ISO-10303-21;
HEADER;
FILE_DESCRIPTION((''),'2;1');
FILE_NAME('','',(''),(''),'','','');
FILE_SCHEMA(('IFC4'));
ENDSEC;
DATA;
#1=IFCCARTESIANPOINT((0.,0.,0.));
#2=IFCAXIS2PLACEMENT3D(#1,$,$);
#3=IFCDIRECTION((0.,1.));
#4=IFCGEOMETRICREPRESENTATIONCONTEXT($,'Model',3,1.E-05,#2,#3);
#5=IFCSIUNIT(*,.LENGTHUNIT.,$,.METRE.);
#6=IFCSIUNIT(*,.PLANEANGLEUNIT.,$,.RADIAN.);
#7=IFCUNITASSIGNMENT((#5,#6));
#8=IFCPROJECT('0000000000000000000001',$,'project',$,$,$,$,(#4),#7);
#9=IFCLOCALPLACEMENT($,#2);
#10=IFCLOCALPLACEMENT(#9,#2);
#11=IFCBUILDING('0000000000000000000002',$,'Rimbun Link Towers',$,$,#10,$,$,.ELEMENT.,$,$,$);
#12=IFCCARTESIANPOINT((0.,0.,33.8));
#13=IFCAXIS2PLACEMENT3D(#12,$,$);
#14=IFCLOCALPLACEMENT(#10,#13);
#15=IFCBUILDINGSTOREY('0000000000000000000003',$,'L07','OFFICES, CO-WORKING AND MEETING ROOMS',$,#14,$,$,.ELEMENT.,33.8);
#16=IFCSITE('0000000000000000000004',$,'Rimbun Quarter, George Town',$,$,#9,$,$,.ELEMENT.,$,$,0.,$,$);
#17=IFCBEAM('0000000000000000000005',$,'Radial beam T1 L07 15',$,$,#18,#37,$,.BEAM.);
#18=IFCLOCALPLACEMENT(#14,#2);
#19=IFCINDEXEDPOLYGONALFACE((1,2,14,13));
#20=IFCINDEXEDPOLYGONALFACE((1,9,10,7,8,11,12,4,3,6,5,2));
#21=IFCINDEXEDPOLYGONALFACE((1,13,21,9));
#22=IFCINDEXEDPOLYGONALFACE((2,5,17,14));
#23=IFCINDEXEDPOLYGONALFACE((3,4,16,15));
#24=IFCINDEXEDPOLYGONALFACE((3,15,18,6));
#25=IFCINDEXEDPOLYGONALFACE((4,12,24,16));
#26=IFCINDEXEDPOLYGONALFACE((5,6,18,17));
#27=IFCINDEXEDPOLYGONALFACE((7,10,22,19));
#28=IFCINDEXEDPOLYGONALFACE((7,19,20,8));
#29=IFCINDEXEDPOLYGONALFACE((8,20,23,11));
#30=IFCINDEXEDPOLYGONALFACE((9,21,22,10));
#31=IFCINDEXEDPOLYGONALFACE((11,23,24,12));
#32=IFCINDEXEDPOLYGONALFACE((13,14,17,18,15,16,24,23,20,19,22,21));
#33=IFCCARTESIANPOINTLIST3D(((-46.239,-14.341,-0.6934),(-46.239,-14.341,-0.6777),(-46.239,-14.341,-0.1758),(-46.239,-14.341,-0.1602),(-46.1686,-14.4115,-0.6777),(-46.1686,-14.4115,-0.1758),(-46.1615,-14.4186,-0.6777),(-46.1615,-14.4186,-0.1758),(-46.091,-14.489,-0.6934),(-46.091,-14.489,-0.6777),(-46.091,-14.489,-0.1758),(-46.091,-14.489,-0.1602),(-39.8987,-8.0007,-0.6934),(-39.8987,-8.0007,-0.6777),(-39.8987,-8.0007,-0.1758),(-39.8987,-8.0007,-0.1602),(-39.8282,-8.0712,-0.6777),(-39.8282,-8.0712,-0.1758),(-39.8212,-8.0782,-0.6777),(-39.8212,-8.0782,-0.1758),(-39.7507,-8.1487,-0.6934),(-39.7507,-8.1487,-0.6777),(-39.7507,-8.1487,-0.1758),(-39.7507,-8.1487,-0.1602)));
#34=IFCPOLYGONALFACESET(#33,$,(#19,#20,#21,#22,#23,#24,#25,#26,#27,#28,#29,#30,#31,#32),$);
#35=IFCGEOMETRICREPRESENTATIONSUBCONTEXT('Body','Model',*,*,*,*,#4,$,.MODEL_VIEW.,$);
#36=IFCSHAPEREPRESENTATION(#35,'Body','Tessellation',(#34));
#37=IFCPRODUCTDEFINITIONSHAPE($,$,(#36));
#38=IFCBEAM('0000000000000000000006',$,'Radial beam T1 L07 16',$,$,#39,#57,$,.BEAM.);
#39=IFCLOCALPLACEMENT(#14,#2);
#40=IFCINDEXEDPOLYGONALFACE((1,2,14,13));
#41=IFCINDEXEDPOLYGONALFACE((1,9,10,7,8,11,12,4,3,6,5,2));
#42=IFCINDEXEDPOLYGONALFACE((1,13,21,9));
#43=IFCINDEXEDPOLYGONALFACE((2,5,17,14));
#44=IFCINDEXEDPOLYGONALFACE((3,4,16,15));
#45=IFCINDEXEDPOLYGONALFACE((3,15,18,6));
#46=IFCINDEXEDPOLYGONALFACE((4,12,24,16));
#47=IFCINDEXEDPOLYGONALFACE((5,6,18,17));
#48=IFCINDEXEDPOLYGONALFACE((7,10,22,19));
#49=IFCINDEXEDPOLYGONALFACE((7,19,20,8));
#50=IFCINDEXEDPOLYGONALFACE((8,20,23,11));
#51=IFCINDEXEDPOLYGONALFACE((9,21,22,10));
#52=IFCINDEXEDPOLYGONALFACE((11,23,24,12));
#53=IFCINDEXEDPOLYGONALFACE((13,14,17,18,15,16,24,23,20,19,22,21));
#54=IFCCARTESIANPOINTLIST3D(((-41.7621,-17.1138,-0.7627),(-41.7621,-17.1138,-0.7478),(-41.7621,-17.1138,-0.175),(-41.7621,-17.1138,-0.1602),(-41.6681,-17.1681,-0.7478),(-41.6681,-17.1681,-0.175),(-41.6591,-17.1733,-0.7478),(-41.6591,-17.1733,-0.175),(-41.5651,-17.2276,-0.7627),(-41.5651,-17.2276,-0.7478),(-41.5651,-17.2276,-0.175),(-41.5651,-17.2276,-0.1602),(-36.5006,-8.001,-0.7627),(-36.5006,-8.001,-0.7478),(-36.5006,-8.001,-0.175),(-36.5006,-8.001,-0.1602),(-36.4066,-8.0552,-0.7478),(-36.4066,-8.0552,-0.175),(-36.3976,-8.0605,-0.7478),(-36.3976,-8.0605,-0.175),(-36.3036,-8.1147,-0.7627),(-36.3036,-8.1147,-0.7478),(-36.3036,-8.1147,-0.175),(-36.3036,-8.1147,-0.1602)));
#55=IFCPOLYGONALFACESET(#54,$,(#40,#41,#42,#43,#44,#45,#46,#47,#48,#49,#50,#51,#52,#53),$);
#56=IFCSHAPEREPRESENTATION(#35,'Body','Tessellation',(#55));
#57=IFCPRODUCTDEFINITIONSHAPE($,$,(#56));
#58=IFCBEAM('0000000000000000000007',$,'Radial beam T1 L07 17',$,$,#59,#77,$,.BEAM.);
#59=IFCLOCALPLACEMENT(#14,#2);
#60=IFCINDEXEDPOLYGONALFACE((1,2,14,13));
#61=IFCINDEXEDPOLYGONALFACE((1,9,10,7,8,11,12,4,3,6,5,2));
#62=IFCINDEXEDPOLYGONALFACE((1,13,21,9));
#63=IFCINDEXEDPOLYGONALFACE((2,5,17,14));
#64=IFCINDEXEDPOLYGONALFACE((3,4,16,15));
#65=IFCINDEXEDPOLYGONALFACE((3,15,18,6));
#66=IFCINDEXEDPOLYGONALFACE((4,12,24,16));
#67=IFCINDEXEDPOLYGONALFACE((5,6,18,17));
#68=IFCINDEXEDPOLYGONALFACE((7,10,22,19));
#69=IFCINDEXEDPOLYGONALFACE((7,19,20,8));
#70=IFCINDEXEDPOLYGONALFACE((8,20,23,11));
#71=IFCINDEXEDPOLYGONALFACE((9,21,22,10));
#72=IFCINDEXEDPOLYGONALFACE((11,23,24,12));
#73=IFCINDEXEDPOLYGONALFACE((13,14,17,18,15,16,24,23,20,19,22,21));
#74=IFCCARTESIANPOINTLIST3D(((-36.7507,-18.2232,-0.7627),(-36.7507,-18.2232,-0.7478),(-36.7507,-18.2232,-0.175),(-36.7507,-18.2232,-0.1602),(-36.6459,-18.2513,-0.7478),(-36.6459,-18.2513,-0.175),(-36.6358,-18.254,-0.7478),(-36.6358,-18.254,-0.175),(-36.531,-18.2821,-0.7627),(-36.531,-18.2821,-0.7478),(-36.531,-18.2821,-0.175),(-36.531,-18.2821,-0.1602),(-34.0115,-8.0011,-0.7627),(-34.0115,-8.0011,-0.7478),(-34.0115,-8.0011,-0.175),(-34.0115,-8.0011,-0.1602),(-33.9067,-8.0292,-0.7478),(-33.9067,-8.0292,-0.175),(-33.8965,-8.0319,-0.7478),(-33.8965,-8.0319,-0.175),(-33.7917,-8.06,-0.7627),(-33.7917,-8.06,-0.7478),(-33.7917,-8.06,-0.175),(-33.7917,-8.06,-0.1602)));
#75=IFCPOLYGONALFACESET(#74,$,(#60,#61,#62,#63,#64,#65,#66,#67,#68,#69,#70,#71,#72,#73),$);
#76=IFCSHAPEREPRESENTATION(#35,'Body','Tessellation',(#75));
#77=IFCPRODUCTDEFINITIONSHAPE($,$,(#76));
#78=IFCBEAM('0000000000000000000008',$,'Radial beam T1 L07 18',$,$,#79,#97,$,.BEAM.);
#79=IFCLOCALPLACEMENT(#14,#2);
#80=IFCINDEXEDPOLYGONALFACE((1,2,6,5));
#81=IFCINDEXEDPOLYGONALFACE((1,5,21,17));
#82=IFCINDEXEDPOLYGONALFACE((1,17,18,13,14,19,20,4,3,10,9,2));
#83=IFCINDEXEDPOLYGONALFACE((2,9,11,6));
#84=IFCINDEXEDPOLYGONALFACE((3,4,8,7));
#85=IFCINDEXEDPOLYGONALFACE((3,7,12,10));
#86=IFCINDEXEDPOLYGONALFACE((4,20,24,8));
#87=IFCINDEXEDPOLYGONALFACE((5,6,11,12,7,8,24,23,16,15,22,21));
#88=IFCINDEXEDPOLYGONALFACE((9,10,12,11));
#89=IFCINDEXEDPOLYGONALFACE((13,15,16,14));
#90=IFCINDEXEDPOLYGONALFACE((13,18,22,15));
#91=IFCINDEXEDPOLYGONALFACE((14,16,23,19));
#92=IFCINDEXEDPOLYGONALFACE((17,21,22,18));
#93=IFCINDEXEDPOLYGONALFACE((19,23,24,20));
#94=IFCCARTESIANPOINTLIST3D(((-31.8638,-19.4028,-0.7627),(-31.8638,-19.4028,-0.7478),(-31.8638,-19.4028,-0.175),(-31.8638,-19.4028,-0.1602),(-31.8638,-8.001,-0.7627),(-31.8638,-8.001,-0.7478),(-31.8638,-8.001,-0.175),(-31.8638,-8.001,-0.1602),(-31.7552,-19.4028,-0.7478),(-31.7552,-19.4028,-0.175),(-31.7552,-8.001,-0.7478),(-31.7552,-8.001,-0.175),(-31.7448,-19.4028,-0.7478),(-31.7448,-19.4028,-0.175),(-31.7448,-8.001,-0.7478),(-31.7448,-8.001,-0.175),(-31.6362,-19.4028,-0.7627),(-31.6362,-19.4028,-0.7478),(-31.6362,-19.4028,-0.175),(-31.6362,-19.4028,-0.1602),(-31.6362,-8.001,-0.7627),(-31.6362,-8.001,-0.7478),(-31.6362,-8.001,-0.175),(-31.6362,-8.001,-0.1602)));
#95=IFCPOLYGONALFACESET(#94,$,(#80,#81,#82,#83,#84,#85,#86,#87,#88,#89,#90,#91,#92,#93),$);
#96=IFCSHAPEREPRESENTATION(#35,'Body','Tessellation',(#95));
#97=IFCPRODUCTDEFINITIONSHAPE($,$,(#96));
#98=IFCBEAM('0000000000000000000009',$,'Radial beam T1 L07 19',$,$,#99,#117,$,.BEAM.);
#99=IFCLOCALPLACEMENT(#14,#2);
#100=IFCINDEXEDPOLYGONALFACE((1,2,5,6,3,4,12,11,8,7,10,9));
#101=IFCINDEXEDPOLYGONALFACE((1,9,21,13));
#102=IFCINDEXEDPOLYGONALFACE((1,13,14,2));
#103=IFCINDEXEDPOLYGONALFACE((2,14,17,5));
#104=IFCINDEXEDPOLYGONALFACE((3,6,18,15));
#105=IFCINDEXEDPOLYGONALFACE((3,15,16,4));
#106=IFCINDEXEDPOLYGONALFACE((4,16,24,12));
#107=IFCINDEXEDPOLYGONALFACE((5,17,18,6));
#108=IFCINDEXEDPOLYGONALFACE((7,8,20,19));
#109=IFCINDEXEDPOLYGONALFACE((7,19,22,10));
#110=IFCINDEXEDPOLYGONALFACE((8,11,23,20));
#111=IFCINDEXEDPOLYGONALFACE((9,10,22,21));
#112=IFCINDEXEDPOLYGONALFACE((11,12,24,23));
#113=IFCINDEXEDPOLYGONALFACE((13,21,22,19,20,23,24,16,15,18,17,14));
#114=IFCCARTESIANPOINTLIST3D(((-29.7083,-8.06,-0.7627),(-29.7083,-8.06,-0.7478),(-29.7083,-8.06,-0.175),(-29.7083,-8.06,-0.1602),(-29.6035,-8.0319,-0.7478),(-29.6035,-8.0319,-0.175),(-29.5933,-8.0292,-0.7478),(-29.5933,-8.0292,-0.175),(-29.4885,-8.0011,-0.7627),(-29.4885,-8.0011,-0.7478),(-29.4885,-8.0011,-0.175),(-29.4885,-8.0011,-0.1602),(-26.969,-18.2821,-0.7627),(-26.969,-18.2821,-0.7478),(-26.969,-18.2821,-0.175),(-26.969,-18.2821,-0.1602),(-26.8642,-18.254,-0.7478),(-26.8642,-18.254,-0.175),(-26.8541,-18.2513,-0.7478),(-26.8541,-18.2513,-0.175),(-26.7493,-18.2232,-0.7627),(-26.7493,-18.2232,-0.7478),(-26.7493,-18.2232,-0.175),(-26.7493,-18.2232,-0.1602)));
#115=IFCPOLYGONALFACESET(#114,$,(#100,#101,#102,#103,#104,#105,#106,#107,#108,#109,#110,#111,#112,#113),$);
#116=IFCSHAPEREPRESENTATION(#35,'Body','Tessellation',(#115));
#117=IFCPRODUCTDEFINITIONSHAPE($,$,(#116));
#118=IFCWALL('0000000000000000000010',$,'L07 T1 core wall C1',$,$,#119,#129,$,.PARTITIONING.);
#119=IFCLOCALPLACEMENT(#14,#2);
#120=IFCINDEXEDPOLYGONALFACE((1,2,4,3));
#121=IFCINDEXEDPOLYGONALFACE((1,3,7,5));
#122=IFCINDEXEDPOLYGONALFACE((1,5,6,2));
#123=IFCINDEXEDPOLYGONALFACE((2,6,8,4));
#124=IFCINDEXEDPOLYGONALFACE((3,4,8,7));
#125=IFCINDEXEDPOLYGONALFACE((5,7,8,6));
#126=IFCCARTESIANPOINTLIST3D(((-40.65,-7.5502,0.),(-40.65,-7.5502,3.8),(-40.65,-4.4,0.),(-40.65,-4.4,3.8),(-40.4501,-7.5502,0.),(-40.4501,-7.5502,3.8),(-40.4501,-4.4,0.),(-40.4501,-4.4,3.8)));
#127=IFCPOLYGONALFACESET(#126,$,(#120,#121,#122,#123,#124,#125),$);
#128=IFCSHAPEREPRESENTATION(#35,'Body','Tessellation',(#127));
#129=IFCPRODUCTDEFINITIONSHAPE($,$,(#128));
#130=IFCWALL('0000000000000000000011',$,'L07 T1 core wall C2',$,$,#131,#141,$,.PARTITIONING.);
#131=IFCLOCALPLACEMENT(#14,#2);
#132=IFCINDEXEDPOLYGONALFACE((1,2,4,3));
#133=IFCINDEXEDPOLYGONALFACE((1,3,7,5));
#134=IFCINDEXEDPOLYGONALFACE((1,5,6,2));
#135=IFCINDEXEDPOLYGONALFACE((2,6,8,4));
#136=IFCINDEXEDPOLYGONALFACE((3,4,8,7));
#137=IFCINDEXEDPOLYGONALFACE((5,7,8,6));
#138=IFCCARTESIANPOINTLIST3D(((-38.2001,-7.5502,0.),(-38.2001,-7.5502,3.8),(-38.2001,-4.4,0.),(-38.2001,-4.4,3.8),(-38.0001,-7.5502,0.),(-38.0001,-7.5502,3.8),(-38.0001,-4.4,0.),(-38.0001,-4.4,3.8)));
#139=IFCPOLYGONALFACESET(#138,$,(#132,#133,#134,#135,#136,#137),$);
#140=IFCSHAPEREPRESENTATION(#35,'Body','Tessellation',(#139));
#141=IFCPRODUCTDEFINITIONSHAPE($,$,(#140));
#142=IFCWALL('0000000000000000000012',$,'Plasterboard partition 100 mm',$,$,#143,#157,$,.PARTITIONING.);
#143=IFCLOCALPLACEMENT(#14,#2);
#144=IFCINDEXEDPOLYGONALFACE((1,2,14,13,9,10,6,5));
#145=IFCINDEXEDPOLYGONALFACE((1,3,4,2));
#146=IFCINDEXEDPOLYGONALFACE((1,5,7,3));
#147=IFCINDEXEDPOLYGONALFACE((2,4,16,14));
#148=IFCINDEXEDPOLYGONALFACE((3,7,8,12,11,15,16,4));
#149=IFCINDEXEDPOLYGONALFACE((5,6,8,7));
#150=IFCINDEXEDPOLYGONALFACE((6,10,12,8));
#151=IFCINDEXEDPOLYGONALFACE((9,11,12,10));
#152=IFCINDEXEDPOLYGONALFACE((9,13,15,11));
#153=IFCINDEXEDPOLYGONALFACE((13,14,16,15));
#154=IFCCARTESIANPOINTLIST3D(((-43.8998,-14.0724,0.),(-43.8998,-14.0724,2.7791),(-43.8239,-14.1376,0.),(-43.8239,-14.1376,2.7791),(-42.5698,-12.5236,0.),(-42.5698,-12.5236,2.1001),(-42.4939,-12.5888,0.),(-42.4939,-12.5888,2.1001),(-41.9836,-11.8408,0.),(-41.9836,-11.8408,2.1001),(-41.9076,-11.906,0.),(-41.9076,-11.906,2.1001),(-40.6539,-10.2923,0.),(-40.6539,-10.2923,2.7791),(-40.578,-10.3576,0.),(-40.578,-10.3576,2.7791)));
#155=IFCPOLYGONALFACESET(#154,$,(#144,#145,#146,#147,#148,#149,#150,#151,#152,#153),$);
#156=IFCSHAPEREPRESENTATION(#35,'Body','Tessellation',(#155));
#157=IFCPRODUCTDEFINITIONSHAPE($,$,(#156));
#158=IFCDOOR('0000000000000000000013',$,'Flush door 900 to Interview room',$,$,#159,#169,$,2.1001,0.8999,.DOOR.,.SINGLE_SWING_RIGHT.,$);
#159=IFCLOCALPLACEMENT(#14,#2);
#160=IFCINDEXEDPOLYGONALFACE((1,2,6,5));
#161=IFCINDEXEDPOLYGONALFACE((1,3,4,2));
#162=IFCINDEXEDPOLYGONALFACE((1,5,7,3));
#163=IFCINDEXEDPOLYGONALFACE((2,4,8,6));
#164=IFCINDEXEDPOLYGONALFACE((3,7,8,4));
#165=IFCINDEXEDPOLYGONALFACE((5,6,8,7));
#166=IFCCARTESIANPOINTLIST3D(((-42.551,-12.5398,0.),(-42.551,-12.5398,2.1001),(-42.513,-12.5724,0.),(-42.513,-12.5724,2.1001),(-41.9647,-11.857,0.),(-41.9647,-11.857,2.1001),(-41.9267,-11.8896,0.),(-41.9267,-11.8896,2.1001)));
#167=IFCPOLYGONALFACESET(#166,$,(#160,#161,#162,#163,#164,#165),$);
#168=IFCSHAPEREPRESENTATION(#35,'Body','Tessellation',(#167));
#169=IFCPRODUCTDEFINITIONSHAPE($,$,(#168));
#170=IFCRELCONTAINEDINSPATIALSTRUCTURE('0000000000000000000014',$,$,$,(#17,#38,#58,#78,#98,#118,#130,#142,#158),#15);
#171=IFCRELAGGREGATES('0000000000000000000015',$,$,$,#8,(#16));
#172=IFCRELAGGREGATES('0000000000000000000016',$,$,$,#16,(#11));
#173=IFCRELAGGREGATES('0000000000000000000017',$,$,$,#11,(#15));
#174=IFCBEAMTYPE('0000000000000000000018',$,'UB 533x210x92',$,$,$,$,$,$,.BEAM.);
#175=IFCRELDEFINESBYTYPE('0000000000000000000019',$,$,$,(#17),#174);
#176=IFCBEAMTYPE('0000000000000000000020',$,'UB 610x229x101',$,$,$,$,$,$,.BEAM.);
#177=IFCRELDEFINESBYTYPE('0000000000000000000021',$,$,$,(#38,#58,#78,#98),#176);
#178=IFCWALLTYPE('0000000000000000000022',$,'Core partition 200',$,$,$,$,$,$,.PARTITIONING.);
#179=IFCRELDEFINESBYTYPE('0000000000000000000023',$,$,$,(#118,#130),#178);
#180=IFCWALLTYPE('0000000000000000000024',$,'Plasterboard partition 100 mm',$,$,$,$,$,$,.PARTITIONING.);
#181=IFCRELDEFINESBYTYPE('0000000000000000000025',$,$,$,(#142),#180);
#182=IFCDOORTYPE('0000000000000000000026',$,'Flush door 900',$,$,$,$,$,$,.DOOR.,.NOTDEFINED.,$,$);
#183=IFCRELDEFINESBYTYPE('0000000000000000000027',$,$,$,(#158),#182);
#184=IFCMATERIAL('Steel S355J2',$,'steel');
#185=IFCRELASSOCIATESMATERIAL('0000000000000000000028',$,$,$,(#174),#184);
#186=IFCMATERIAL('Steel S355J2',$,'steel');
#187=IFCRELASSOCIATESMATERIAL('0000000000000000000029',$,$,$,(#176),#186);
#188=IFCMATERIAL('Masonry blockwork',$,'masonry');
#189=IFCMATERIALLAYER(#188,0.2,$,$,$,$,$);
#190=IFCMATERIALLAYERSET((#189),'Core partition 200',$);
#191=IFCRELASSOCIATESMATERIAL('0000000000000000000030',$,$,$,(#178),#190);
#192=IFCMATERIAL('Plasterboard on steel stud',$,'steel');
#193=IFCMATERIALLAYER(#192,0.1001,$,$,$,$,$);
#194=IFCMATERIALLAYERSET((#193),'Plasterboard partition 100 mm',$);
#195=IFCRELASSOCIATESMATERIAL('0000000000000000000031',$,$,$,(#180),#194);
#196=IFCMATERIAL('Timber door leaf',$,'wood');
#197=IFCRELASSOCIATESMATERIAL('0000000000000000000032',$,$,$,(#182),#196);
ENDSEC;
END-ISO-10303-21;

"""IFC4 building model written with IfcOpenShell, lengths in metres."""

from ifc_helpers import new_model, si_unit, direction, frame, frame_2d, origin, origin_2d, place, context, subcontext, project, spatial, rectangle, i_section, extrude, material, layer, layer_set, material_profile, profile_set, type_object, element, fill, save


model = new_model("IFC4")

# Units and contexts
model_context = context("Model", 3, precision=1e-05, world=origin(), true_north=direction((0.0, 1.0)))
body_context = subcontext(model_context, "Body", "Model", "MODEL_VIEW")
ifc_project = project(units=[si_unit("LENGTHUNIT", "METRE"), si_unit("PLANEANGLEUNIT", "RADIAN")], contexts=[model_context])

# Site, building, storey
site_placement = place(None, origin())
site = spatial("IfcSite", under=ifc_project, at=site_placement, Name="Rimbun Quarter, George Town", CompositionType="ELEMENT", RefElevation=0.0)
building_placement = place(site_placement, origin())
building = spatial("IfcBuilding", under=site, at=building_placement, Name="Rimbun Link Towers", CompositionType="ELEMENT")
storey_placement = place(building_placement, frame((0.0, 0.0, 33.8)))
storey = spatial("IfcBuildingStorey", under=building, at=storey_placement, Name="L07", Description="OFFICES, CO-WORKING AND MEETING ROOMS", CompositionType="ELEMENT", Elevation=33.8)

# Beams
ifc_material_1 = material(Name="Steel S355J2", Category="steel")
ifc_material_profile_1 = material_profile(ifc_material_1, i_section(OverallWidth=0.2092, OverallDepth=0.5332, WebThickness=0.01, FlangeThickness=0.0156, at=origin_2d()), Name="UB 533x210x92")
ifc_profile_set_1 = profile_set([ifc_material_profile_1], Name="Steel S355J2")
beam_type_1 = type_object("IfcBeamType", Name="UB 533x210x92", PredefinedType="BEAM", material=ifc_profile_set_1)
beam_1_placement = place(storey_placement, frame((-39.8247, -8.0747, -0.4268), z_axis=(-0.707107, -0.707107, 0.0), x_axis=(0.707107, -0.707107, 0.0)))
element("IfcBeam", 1, at=beam_1_placement, inside=storey, type_object=beam_type_1, Name="Radial beam T1 L07 15", PredefinedType="BEAM", context=body_context, shape_type="SweptSolid", body=[
    extrude(i_section(OverallWidth=0.2092, OverallDepth=0.5332, WebThickness=0.01, FlangeThickness=0.0156, at=origin_2d()), origin(), (0.0, 0.0, 1.0), 8.9666),
])
ifc_material_2 = material(Name="Steel S355J2", Category="steel")
ifc_material_profile_2 = material_profile(ifc_material_2, i_section(OverallWidth=0.2275, OverallDepth=0.6025, WebThickness=0.0105, FlangeThickness=0.0149, at=origin_2d()), Name="UB 610x229x101")
ifc_profile_set_2 = profile_set([ifc_material_profile_2], Name="Steel S355J2")
beam_type_2 = type_object("IfcBeamType", Name="UB 610x229x101", PredefinedType="BEAM", material=ifc_profile_set_2)
beam_2_placement = place(storey_placement, frame((-36.4021, -8.0579, -0.4614), z_axis=(-0.500014, -0.866017, 0.0), x_axis=(0.866017, -0.500014, 0.0)))
element("IfcBeam", 2, at=beam_2_placement, inside=storey, type_object=beam_type_2, Name="Radial beam T1 L07 16", PredefinedType="BEAM", context=body_context, shape_type="SweptSolid", body=[
    extrude(i_section(OverallWidth=0.2275, OverallDepth=0.6025, WebThickness=0.0105, FlangeThickness=0.0149, at=origin_2d()), origin(), (0.0, 0.0, 1.0), 10.5227),
])
beam_3_placement = place(storey_placement, frame((-33.9016, -8.0305, -0.4614), z_axis=(-0.25884, -0.96592, 0.0), x_axis=(0.96592, -0.25884, 0.0)))
element("IfcBeam", 3, at=beam_3_placement, inside=storey, type_object=beam_type_2, Name="Radial beam T1 L07 17", PredefinedType="BEAM", context=body_context, shape_type="SweptSolid", body=[
    extrude(i_section(OverallWidth=0.2275, OverallDepth=0.6025, WebThickness=0.0105, FlangeThickness=0.0149, at=origin_2d()), origin(), (0.0, 0.0, 1.0), 10.5828),
])
beam_4_placement = place(storey_placement, frame((-31.75, -8.001, -0.4614), z_axis=(0.0, -1.0, 0.0), x_axis=(1.0, 0.0, 0.0)))
element("IfcBeam", 4, at=beam_4_placement, inside=storey, type_object=beam_type_2, Name="Radial beam T1 L07 18", PredefinedType="BEAM", context=body_context, shape_type="SweptSolid", body=[
    extrude(i_section(OverallWidth=0.2275, OverallDepth=0.6025, WebThickness=0.0105, FlangeThickness=0.0149, at=origin_2d()), origin(), (0.0, 0.0, 1.0), 11.4019),
])
beam_5_placement = place(storey_placement, frame((-29.5984, -8.0305, -0.4614), z_axis=(0.25884, -0.96592, 0.0), x_axis=(0.96592, 0.25884, 0.0)))
element("IfcBeam", 5, at=beam_5_placement, inside=storey, type_object=beam_type_2, Name="Radial beam T1 L07 19", PredefinedType="BEAM", context=body_context, shape_type="SweptSolid", body=[
    extrude(i_section(OverallWidth=0.2275, OverallDepth=0.6025, WebThickness=0.0105, FlangeThickness=0.0149, at=origin_2d()), origin(), (0.0, 0.0, 1.0), 10.5828),
])

# Walls
ifc_material_3 = material(Name="Masonry blockwork", Category="masonry")
ifc_layer_1 = layer(ifc_material_3, 0.2)
ifc_layer_set_1 = layer_set([ifc_layer_1], Name="Core partition 200")
wall_type_1 = type_object("IfcWallType", Name="Core partition 200", PredefinedType="PARTITIONING", material=ifc_layer_set_1)
for number, where, z_axis, x_axis, name in (
    (6, (-40.55, -4.3999, 0.0), (0.0, 0.0, 1.0), (0.0, -1.0, 0.0), "L07 T1 core wall C1"),
    (7, (-38.1001, -4.3999, 0.0), (0.0, 0.0, 1.0), (0.0, -1.0, 0.0), "L07 T1 core wall C2"),
):
    element("IfcWall", number, at=place(storey_placement, frame(where, z_axis=z_axis, x_axis=x_axis)), inside=storey, type_object=wall_type_1, Name=name, PredefinedType="PARTITIONING", context=body_context, shape_type="SweptSolid", body=[
        extrude(rectangle(XDim=3.1501, YDim=0.2, at=frame_2d((1.5752, 0.0))), origin(), (0.0, 0.0, 1.0), 3.8),
    ])

# Wall, opening, door
ifc_material_4 = material(Name="Plasterboard on steel stud", Category="steel")
ifc_layer_2 = layer(ifc_material_4, 0.1001)
ifc_layer_set_2 = layer_set([ifc_layer_2], Name="Plasterboard partition 100 mm")
wall_type_2 = type_object("IfcWallType", Name="Plasterboard partition 100 mm", PredefinedType="PARTITIONING", material=ifc_layer_set_2)
wall_1_placement = place(storey_placement, frame((-40.616, -10.325, 0.0), z_axis=(0.0, 0.0, 1.0), x_axis=(-0.651465, -0.758679, 0.0)))
wall_1 = element("IfcWall", 8, at=wall_1_placement, inside=storey, type_object=wall_type_2, Name="Plasterboard partition 100 mm", PredefinedType="PARTITIONING", context=body_context, shape_type="SweptSolid", body=[
    extrude(rectangle(XDim=4.9824, YDim=0.1001, at=frame_2d((2.4912, 0.0))), origin(), (0.0, 0.0, 1.0), 2.7791),
])
opening_1_placement = place(wall_1_placement, frame((2.041, 0.0, 0.0)))
opening_1 = element("IfcOpeningElement", 9, at=opening_1_placement, cuts=wall_1, PredefinedType="OPENING", context=body_context, shape_type="SweptSolid", body=[
    extrude(rectangle(XDim=0.8999, YDim=2.1001, at=frame_2d((0.45, 1.05))), frame((0.0, 0.0601, 0.0), z_axis=(0.0, -1.0, 0.0), x_axis=(1.0, 0.0, 0.0)), (0.0, 0.0, 1.0), 0.1201),
])
ifc_material_5 = material(Name="Timber door leaf", Category="wood")
door_type_1 = type_object("IfcDoorType", Name="Flush door 900", OperationType="NOTDEFINED", PredefinedType="DOOR", material=ifc_material_5)
door_1_placement = place(opening_1_placement, origin())
door_1 = element("IfcDoor", 10, at=door_1_placement, inside=storey, type_object=door_type_1, Name="Flush door 900 to Interview room", OperationType="SINGLE_SWING_RIGHT", OverallHeight=2.1001, OverallWidth=0.8999, PredefinedType="DOOR", context=body_context, shape_type="SweptSolid", body=[
    extrude(rectangle(XDim=0.8999, YDim=2.1001, at=frame_2d((0.45, 1.05))), frame((0.0, 0.0249, 0.0), z_axis=(0.0, -1.0, 0.0), x_axis=(1.0, 0.0, 0.0)), (0.0, 0.0, 1.0), 0.05),
])
fill(opening_1, door_1)

save(model, "model.ifc")
